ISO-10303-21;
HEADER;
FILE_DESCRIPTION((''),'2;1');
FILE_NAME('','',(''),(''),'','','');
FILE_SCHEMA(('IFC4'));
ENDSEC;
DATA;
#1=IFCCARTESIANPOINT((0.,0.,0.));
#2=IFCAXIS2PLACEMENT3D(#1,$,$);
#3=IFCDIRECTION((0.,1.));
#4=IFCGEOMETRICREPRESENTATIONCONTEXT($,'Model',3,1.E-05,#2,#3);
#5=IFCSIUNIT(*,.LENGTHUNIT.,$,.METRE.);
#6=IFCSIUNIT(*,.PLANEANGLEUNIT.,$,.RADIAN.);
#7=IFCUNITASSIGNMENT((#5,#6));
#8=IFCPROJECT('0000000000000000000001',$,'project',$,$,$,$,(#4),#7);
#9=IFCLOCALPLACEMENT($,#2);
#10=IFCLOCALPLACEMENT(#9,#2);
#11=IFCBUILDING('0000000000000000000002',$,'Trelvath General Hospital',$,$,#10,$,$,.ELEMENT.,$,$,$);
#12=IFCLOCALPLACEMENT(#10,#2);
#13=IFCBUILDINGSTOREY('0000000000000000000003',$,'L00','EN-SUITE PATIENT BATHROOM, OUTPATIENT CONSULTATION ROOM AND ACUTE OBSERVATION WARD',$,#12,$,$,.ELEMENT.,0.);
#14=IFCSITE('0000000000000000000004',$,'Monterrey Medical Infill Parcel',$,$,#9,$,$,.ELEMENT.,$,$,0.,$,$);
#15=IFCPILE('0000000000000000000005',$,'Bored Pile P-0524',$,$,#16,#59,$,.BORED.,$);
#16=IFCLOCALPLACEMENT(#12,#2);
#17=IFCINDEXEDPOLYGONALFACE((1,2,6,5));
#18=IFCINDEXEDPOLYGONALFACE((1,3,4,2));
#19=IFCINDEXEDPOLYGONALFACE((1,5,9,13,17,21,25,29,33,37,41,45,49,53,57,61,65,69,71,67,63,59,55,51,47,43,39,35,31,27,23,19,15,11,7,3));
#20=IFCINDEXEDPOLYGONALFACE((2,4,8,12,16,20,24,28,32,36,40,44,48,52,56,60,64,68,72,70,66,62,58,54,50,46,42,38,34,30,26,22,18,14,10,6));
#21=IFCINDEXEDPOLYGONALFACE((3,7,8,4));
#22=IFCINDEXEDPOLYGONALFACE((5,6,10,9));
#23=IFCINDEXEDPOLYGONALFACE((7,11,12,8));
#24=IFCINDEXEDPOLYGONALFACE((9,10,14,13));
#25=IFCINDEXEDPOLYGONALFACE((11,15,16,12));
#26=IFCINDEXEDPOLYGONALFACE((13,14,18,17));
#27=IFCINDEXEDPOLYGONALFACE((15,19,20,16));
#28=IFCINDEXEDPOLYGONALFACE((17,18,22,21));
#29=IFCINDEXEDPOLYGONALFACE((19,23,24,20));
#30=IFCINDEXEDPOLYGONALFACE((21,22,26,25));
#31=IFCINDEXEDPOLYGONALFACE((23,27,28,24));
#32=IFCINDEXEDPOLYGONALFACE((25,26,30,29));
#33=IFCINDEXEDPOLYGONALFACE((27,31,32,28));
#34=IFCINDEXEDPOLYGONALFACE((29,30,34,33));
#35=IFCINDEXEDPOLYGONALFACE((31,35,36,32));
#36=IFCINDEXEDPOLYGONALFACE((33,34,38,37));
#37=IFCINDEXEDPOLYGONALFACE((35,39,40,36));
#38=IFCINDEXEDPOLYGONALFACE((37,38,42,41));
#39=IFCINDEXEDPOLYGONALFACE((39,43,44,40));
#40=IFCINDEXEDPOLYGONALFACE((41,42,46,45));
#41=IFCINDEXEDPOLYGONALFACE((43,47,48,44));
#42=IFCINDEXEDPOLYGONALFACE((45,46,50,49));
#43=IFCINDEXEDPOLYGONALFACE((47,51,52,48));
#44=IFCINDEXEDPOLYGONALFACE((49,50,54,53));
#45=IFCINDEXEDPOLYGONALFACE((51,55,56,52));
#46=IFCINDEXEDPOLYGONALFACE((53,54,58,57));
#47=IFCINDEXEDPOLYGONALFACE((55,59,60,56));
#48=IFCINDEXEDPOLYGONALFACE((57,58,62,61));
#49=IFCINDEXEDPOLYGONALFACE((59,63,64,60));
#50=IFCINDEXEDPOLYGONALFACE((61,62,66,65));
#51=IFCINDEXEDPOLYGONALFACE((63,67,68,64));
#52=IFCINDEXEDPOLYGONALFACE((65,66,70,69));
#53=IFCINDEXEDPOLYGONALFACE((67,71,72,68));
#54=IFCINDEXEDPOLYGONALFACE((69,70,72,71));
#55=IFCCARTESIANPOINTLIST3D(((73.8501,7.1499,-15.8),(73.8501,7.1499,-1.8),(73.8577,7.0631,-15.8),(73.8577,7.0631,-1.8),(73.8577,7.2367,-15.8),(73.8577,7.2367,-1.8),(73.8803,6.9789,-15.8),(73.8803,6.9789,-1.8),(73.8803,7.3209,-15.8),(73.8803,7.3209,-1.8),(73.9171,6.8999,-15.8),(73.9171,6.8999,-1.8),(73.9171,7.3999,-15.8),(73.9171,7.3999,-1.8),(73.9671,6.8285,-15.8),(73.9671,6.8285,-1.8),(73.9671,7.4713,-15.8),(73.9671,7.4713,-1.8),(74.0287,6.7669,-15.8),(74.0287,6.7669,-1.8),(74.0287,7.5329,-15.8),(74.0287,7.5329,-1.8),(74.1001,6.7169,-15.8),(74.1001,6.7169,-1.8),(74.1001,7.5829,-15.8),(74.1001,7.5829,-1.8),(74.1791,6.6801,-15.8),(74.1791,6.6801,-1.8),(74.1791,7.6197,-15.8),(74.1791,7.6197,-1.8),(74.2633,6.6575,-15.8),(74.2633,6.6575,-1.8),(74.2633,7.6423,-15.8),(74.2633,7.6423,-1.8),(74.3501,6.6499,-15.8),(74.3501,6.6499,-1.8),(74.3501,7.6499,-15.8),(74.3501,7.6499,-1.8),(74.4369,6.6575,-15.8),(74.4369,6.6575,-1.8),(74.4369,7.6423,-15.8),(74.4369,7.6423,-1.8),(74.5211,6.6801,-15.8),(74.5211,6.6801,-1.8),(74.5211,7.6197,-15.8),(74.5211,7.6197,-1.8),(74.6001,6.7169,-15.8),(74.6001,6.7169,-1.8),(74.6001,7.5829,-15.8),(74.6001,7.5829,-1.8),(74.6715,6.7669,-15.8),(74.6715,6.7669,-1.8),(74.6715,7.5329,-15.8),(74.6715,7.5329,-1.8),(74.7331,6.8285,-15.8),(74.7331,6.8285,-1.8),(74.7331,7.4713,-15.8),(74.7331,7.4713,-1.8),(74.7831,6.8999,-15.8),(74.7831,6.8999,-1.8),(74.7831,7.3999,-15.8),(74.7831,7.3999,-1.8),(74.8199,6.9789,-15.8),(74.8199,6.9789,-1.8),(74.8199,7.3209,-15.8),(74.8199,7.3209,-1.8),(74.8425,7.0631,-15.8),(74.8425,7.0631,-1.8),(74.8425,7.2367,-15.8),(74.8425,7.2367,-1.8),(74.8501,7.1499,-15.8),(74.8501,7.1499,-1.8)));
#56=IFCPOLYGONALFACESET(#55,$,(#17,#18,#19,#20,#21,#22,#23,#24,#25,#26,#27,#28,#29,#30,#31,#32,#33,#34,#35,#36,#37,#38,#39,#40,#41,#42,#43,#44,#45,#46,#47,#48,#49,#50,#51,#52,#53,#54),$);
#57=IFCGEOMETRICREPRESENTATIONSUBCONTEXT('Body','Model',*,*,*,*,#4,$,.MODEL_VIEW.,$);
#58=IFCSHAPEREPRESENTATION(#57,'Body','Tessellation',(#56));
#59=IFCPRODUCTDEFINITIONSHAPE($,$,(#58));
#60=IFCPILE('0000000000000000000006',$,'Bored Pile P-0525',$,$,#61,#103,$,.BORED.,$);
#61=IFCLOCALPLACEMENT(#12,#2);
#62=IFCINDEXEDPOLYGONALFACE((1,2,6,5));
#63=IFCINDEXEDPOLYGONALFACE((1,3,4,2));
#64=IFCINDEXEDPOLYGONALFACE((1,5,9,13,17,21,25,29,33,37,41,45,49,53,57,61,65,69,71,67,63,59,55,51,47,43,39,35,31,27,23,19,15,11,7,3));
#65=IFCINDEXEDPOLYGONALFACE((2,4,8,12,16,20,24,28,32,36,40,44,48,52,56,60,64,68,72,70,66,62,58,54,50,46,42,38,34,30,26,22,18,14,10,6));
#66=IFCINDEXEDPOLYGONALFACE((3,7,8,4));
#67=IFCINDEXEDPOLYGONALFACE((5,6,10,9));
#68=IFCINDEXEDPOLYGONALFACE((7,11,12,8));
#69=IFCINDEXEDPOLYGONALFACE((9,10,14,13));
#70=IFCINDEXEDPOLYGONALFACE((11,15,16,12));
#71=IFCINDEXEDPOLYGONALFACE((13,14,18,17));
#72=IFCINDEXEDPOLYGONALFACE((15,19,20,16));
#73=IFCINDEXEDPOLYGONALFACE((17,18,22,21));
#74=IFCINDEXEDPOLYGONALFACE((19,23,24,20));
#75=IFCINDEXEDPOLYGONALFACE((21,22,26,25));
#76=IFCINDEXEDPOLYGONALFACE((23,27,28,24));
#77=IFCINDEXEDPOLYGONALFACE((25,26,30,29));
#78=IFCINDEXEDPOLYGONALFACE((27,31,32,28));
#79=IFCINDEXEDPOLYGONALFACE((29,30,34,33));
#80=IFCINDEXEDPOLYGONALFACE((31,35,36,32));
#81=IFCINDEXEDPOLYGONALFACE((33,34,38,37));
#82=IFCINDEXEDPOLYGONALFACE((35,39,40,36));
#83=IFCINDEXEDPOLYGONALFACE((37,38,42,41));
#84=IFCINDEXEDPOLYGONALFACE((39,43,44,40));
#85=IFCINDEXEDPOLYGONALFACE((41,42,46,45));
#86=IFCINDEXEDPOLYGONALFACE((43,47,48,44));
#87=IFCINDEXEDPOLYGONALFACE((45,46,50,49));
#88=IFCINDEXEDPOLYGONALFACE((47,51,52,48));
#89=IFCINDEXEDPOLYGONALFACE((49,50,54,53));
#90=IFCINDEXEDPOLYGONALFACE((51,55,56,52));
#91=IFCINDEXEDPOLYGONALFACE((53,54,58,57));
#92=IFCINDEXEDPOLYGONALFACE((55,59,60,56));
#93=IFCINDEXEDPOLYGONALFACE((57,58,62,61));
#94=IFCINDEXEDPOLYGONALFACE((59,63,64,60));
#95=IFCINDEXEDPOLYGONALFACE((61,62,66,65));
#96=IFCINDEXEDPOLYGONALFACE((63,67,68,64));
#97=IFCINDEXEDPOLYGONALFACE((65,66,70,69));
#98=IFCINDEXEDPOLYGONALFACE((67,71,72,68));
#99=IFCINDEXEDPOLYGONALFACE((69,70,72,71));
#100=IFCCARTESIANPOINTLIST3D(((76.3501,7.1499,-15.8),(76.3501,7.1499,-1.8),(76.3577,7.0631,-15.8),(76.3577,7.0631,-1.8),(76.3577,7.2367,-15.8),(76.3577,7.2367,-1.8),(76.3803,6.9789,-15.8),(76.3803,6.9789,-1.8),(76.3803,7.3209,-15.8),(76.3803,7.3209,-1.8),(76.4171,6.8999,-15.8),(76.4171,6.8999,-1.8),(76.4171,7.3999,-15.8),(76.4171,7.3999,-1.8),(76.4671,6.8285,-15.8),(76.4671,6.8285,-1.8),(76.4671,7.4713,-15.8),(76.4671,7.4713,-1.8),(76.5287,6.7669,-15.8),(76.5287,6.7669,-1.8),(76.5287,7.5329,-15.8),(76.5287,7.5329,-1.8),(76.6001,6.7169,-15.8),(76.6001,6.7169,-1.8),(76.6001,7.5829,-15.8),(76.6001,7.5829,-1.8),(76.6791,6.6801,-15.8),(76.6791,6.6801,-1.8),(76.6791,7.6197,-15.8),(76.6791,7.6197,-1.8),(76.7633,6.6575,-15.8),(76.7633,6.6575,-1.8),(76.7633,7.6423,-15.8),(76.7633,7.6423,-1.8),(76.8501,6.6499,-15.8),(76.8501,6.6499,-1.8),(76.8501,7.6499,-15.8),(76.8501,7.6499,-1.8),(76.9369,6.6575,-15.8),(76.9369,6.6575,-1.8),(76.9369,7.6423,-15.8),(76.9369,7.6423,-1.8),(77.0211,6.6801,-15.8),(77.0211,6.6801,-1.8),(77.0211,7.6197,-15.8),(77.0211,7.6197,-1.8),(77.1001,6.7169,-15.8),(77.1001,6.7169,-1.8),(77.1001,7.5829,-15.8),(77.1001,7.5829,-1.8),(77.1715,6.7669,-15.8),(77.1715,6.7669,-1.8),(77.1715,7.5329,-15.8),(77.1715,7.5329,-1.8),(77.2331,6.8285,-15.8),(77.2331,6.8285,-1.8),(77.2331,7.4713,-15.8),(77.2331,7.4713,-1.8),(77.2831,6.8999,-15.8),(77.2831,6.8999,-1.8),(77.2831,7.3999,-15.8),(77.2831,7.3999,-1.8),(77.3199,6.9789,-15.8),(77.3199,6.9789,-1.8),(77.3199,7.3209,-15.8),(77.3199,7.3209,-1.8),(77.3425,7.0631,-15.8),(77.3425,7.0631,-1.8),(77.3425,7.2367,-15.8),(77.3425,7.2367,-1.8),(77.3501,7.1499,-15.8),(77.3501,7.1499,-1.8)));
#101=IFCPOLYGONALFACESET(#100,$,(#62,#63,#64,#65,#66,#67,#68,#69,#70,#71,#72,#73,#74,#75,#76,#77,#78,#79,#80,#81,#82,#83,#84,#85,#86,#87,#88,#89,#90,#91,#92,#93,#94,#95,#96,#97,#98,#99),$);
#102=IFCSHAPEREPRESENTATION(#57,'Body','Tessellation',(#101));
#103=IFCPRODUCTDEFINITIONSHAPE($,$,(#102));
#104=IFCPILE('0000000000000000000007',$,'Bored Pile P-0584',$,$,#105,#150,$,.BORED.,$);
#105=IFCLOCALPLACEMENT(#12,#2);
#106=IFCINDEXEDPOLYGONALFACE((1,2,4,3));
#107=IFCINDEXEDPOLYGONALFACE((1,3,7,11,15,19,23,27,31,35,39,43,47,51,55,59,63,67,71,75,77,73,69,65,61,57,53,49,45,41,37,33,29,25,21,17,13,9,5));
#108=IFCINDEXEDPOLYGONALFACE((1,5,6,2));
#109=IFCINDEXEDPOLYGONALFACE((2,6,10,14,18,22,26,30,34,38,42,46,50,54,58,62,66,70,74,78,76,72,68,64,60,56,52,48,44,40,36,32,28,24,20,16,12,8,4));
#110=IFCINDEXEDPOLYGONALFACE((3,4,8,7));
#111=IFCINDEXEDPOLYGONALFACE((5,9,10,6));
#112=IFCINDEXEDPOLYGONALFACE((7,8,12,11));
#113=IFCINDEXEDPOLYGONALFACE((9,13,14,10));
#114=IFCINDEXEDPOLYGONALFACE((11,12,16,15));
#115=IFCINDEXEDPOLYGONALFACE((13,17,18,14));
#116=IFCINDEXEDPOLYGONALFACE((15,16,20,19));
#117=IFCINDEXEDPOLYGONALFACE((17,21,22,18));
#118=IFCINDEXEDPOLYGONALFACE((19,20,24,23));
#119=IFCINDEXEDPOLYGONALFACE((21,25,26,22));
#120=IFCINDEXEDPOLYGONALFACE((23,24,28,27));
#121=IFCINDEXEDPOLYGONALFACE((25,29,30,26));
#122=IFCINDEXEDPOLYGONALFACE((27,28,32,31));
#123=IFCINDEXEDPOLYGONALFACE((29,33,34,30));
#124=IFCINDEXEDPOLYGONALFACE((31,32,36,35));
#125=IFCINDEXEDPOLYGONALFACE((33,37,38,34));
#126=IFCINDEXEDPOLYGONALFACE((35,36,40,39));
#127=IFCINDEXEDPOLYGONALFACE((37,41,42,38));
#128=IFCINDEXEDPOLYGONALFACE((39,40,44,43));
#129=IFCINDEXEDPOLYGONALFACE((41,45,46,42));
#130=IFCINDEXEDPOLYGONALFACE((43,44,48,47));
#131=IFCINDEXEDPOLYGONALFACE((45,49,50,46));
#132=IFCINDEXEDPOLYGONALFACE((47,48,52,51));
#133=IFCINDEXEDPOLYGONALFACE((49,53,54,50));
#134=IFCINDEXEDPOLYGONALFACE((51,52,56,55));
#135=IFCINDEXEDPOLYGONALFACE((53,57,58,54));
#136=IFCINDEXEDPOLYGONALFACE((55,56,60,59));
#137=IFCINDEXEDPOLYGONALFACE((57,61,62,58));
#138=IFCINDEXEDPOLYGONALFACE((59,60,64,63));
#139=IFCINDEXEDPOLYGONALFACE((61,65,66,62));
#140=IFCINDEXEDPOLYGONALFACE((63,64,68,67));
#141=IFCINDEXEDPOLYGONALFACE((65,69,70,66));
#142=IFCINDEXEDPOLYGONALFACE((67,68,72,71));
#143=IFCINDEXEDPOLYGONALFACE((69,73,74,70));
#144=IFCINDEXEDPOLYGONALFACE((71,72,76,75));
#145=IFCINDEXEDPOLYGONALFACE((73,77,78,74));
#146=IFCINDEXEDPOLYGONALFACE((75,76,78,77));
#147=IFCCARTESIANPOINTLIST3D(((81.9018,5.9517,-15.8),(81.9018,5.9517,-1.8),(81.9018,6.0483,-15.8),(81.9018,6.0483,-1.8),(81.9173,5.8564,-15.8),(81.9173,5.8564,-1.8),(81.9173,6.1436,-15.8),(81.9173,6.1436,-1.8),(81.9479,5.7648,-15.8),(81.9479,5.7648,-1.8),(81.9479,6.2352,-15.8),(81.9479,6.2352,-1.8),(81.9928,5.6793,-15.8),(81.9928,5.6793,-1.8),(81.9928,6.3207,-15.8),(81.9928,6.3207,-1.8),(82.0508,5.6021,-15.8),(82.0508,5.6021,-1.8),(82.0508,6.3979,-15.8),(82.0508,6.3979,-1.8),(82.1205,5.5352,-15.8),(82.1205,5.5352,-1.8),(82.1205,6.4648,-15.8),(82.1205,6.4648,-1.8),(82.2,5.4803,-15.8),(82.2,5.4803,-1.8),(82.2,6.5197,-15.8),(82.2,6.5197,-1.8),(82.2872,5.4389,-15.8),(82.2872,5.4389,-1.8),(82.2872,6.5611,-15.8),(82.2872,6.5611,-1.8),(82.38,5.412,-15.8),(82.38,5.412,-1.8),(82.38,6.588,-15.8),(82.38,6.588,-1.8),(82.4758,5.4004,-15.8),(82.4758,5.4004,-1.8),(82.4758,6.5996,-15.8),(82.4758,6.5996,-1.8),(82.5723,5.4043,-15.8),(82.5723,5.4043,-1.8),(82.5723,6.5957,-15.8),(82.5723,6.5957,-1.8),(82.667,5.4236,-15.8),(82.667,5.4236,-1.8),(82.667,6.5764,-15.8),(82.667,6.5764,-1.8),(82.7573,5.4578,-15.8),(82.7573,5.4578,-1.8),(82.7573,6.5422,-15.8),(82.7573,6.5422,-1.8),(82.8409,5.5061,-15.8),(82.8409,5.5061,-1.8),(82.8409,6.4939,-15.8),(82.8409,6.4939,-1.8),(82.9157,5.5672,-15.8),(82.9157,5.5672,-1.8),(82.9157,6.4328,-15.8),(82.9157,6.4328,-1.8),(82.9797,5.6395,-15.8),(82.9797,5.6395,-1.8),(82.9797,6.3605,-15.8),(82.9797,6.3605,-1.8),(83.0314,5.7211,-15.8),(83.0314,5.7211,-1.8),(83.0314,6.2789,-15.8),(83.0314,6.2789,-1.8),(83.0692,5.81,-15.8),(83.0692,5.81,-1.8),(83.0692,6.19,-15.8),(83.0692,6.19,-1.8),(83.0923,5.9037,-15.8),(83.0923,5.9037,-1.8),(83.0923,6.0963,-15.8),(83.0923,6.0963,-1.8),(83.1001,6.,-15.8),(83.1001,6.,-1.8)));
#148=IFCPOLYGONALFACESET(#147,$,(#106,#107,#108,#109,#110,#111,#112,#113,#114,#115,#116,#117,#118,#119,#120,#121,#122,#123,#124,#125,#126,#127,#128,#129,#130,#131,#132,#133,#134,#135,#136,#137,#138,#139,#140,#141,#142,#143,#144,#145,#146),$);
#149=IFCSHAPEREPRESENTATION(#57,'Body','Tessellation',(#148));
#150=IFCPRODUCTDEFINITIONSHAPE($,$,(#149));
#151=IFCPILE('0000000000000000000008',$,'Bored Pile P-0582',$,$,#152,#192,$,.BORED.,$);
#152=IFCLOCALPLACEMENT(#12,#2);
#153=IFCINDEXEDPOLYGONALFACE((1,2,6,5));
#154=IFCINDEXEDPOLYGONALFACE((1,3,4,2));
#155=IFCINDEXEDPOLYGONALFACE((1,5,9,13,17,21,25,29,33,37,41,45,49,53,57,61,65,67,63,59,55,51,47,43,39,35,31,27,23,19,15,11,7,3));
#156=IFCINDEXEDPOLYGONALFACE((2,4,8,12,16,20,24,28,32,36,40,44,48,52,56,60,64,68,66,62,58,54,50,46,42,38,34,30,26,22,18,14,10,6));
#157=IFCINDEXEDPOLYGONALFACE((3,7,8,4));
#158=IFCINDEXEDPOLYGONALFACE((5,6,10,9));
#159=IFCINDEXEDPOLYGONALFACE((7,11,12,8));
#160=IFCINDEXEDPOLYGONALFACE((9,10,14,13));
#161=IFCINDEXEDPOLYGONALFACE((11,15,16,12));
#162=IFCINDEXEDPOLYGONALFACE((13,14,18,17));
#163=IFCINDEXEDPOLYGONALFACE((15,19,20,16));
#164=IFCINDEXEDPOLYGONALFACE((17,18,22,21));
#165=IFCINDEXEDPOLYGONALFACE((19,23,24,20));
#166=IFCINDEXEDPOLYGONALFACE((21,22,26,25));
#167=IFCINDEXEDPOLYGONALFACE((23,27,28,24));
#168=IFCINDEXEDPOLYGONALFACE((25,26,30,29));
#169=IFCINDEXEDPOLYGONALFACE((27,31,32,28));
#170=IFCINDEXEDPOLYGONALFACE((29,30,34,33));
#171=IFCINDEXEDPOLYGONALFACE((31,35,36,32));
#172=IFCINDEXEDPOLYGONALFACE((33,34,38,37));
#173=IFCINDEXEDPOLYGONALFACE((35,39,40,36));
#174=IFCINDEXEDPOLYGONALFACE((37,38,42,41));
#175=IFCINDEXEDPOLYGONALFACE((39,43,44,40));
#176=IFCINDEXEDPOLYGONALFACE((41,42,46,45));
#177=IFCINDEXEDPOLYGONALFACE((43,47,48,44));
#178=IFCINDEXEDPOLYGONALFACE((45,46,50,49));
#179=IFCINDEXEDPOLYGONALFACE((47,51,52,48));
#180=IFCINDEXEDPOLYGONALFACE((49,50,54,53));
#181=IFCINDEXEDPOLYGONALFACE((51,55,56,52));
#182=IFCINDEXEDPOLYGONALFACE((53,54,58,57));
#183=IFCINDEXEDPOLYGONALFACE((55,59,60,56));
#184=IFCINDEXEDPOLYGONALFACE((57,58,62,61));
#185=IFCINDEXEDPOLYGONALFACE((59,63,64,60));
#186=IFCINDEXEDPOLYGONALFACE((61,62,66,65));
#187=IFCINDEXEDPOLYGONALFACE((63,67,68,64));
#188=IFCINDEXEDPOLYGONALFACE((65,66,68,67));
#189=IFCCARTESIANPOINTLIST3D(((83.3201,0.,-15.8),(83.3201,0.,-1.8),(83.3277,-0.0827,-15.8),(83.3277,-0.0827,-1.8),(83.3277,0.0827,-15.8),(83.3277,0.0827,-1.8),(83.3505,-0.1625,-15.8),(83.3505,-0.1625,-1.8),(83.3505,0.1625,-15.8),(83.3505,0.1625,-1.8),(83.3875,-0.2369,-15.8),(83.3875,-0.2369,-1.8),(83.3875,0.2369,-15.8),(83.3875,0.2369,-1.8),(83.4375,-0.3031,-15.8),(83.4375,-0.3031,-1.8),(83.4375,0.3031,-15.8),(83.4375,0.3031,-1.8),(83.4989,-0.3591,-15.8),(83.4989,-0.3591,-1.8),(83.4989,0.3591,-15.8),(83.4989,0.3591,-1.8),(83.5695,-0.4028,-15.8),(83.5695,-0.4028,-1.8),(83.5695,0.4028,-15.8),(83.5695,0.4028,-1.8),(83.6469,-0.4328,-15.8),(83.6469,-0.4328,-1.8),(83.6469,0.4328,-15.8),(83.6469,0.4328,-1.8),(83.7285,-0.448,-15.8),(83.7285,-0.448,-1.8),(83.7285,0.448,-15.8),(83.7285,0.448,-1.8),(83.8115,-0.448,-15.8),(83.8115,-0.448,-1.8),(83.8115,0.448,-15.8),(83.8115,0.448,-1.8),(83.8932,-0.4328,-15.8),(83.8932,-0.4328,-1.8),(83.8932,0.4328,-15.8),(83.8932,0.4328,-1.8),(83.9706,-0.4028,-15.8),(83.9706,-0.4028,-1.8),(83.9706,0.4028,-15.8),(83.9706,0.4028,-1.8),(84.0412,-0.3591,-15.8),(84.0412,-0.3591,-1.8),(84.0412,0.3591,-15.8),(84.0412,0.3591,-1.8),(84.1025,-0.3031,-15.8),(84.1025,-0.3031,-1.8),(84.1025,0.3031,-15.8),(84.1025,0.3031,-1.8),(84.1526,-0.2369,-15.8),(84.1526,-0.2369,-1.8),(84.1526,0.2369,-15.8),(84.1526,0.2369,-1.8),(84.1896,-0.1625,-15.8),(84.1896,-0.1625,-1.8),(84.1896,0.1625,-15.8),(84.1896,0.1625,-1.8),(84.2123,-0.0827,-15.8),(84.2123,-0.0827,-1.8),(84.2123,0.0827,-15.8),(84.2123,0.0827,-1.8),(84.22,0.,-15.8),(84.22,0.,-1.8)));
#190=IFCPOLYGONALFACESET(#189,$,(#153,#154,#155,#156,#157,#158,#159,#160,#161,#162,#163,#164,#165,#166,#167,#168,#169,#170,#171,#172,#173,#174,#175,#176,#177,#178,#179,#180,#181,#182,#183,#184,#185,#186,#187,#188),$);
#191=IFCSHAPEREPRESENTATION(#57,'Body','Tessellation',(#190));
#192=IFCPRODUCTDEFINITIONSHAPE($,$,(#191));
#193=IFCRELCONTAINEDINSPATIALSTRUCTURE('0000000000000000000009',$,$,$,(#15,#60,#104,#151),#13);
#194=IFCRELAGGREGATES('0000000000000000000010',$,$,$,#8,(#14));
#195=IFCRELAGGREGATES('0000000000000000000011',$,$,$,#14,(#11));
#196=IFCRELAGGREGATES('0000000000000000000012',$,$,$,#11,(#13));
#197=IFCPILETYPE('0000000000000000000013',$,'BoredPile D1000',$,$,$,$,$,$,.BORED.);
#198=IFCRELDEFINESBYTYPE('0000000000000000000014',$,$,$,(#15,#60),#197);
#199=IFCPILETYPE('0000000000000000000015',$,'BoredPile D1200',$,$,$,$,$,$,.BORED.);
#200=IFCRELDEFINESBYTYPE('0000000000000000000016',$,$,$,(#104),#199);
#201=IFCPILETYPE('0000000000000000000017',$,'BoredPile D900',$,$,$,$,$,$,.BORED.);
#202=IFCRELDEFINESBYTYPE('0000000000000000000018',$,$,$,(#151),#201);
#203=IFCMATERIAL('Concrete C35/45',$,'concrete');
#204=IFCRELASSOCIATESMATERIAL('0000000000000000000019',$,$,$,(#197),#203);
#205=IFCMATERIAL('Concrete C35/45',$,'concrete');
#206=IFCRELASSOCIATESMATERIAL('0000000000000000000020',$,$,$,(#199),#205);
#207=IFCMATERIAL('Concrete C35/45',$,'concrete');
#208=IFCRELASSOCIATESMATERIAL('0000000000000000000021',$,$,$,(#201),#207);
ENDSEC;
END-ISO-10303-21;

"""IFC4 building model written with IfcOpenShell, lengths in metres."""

from ifc_helpers import new_model, si_unit, direction, frame, origin, origin_2d, place, context, subcontext, project, spatial, circle, extrude, material, material_profile, profile_set, type_object, element, save


model = new_model("IFC4")

# Units and contexts
model_context = context("Model", 3, precision=1e-05, world=origin(), true_north=direction((0.0, 1.0)))
body_context = subcontext(model_context, "Body", "Model", "MODEL_VIEW")
ifc_project = project(units=[si_unit("LENGTHUNIT", "METRE"), si_unit("PLANEANGLEUNIT", "RADIAN")], contexts=[model_context])

# Site, building, storey
site_placement = place(None, origin())
site = spatial("IfcSite", under=ifc_project, at=site_placement, Name="Monterrey Medical Infill Parcel", CompositionType="ELEMENT", RefElevation=0.0)
building_placement = place(site_placement, origin())
building = spatial("IfcBuilding", under=site, at=building_placement, Name="Trelvath General Hospital", CompositionType="ELEMENT")
storey_placement = place(building_placement, origin())
storey = spatial("IfcBuildingStorey", under=building, at=storey_placement, Name="L00", Description="EN-SUITE PATIENT BATHROOM, OUTPATIENT CONSULTATION ROOM AND ACUTE OBSERVATION WARD", CompositionType="ELEMENT", Elevation=0.0)

# Piles
ifc_material_1 = material(Name="Concrete C35/45", Category="concrete")
ifc_material_profile_1 = material_profile(ifc_material_1, circle(Radius=0.5, at=origin_2d()), Name="PILE1000")
ifc_profile_set_1 = profile_set([ifc_material_profile_1], Name="Concrete C35/45")
pile_type_1 = type_object("IfcPileType", Name="BoredPile D1000", PredefinedType="BORED", material=ifc_profile_set_1)
for number, where, z_axis, x_axis, name in (
    (1, (74.3501, 7.1499, -1.8), (0.0, 0.0, -1.0), (1.0, 0.0, 0.0), "Bored Pile P-0524"),
    (2, (76.8501, 7.1499, -1.8), (0.0, 0.0, -1.0), (1.0, 0.0, 0.0), "Bored Pile P-0525"),
):
    element("IfcPile", number, at=place(storey_placement, frame(where, z_axis=z_axis, x_axis=x_axis)), inside=storey, type_object=pile_type_1, Name=name, PredefinedType="BORED", context=body_context, shape_type="SweptSolid", body=[
        extrude(circle(Radius=0.5, at=origin_2d()), origin(), (0.0, 0.0, 1.0), 14.0),
    ])
ifc_material_2 = material(Name="Concrete C35/45", Category="concrete")
ifc_material_profile_2 = material_profile(ifc_material_2, circle(Radius=0.6001, at=origin_2d()), Name="PILE1200")
ifc_profile_set_2 = profile_set([ifc_material_profile_2], Name="Concrete C35/45")
pile_type_2 = type_object("IfcPileType", Name="BoredPile D1200", PredefinedType="BORED", material=ifc_profile_set_2)
pile_1_placement = place(storey_placement, frame((82.5, 6.0, -1.8), z_axis=(0.0, 0.0, -1.0), x_axis=(1.0, 0.0, 0.0)))
element("IfcPile", 3, at=pile_1_placement, inside=storey, type_object=pile_type_2, Name="Bored Pile P-0584", PredefinedType="BORED", context=body_context, shape_type="SweptSolid", body=[
    extrude(circle(Radius=0.6001, at=origin_2d()), origin(), (0.0, 0.0, 1.0), 14.0),
])
ifc_material_3 = material(Name="Concrete C35/45", Category="concrete")
ifc_material_profile_3 = material_profile(ifc_material_3, circle(Radius=0.45, at=origin_2d()), Name="PILE900")
ifc_profile_set_3 = profile_set([ifc_material_profile_3], Name="Concrete C35/45")
pile_type_3 = type_object("IfcPileType", Name="BoredPile D900", PredefinedType="BORED", material=ifc_profile_set_3)
pile_2_placement = place(storey_placement, frame((83.77, 0.0, -1.8), z_axis=(0.0, 0.0, -1.0), x_axis=(1.0, 0.0, 0.0)))
element("IfcPile", 4, at=pile_2_placement, inside=storey, type_object=pile_type_3, Name="Bored Pile P-0582", PredefinedType="BORED", context=body_context, shape_type="SweptSolid", body=[
    extrude(circle(Radius=0.45, at=origin_2d()), origin(), (0.0, 0.0, 1.0), 14.0),
])

save(model, "model.ifc")
